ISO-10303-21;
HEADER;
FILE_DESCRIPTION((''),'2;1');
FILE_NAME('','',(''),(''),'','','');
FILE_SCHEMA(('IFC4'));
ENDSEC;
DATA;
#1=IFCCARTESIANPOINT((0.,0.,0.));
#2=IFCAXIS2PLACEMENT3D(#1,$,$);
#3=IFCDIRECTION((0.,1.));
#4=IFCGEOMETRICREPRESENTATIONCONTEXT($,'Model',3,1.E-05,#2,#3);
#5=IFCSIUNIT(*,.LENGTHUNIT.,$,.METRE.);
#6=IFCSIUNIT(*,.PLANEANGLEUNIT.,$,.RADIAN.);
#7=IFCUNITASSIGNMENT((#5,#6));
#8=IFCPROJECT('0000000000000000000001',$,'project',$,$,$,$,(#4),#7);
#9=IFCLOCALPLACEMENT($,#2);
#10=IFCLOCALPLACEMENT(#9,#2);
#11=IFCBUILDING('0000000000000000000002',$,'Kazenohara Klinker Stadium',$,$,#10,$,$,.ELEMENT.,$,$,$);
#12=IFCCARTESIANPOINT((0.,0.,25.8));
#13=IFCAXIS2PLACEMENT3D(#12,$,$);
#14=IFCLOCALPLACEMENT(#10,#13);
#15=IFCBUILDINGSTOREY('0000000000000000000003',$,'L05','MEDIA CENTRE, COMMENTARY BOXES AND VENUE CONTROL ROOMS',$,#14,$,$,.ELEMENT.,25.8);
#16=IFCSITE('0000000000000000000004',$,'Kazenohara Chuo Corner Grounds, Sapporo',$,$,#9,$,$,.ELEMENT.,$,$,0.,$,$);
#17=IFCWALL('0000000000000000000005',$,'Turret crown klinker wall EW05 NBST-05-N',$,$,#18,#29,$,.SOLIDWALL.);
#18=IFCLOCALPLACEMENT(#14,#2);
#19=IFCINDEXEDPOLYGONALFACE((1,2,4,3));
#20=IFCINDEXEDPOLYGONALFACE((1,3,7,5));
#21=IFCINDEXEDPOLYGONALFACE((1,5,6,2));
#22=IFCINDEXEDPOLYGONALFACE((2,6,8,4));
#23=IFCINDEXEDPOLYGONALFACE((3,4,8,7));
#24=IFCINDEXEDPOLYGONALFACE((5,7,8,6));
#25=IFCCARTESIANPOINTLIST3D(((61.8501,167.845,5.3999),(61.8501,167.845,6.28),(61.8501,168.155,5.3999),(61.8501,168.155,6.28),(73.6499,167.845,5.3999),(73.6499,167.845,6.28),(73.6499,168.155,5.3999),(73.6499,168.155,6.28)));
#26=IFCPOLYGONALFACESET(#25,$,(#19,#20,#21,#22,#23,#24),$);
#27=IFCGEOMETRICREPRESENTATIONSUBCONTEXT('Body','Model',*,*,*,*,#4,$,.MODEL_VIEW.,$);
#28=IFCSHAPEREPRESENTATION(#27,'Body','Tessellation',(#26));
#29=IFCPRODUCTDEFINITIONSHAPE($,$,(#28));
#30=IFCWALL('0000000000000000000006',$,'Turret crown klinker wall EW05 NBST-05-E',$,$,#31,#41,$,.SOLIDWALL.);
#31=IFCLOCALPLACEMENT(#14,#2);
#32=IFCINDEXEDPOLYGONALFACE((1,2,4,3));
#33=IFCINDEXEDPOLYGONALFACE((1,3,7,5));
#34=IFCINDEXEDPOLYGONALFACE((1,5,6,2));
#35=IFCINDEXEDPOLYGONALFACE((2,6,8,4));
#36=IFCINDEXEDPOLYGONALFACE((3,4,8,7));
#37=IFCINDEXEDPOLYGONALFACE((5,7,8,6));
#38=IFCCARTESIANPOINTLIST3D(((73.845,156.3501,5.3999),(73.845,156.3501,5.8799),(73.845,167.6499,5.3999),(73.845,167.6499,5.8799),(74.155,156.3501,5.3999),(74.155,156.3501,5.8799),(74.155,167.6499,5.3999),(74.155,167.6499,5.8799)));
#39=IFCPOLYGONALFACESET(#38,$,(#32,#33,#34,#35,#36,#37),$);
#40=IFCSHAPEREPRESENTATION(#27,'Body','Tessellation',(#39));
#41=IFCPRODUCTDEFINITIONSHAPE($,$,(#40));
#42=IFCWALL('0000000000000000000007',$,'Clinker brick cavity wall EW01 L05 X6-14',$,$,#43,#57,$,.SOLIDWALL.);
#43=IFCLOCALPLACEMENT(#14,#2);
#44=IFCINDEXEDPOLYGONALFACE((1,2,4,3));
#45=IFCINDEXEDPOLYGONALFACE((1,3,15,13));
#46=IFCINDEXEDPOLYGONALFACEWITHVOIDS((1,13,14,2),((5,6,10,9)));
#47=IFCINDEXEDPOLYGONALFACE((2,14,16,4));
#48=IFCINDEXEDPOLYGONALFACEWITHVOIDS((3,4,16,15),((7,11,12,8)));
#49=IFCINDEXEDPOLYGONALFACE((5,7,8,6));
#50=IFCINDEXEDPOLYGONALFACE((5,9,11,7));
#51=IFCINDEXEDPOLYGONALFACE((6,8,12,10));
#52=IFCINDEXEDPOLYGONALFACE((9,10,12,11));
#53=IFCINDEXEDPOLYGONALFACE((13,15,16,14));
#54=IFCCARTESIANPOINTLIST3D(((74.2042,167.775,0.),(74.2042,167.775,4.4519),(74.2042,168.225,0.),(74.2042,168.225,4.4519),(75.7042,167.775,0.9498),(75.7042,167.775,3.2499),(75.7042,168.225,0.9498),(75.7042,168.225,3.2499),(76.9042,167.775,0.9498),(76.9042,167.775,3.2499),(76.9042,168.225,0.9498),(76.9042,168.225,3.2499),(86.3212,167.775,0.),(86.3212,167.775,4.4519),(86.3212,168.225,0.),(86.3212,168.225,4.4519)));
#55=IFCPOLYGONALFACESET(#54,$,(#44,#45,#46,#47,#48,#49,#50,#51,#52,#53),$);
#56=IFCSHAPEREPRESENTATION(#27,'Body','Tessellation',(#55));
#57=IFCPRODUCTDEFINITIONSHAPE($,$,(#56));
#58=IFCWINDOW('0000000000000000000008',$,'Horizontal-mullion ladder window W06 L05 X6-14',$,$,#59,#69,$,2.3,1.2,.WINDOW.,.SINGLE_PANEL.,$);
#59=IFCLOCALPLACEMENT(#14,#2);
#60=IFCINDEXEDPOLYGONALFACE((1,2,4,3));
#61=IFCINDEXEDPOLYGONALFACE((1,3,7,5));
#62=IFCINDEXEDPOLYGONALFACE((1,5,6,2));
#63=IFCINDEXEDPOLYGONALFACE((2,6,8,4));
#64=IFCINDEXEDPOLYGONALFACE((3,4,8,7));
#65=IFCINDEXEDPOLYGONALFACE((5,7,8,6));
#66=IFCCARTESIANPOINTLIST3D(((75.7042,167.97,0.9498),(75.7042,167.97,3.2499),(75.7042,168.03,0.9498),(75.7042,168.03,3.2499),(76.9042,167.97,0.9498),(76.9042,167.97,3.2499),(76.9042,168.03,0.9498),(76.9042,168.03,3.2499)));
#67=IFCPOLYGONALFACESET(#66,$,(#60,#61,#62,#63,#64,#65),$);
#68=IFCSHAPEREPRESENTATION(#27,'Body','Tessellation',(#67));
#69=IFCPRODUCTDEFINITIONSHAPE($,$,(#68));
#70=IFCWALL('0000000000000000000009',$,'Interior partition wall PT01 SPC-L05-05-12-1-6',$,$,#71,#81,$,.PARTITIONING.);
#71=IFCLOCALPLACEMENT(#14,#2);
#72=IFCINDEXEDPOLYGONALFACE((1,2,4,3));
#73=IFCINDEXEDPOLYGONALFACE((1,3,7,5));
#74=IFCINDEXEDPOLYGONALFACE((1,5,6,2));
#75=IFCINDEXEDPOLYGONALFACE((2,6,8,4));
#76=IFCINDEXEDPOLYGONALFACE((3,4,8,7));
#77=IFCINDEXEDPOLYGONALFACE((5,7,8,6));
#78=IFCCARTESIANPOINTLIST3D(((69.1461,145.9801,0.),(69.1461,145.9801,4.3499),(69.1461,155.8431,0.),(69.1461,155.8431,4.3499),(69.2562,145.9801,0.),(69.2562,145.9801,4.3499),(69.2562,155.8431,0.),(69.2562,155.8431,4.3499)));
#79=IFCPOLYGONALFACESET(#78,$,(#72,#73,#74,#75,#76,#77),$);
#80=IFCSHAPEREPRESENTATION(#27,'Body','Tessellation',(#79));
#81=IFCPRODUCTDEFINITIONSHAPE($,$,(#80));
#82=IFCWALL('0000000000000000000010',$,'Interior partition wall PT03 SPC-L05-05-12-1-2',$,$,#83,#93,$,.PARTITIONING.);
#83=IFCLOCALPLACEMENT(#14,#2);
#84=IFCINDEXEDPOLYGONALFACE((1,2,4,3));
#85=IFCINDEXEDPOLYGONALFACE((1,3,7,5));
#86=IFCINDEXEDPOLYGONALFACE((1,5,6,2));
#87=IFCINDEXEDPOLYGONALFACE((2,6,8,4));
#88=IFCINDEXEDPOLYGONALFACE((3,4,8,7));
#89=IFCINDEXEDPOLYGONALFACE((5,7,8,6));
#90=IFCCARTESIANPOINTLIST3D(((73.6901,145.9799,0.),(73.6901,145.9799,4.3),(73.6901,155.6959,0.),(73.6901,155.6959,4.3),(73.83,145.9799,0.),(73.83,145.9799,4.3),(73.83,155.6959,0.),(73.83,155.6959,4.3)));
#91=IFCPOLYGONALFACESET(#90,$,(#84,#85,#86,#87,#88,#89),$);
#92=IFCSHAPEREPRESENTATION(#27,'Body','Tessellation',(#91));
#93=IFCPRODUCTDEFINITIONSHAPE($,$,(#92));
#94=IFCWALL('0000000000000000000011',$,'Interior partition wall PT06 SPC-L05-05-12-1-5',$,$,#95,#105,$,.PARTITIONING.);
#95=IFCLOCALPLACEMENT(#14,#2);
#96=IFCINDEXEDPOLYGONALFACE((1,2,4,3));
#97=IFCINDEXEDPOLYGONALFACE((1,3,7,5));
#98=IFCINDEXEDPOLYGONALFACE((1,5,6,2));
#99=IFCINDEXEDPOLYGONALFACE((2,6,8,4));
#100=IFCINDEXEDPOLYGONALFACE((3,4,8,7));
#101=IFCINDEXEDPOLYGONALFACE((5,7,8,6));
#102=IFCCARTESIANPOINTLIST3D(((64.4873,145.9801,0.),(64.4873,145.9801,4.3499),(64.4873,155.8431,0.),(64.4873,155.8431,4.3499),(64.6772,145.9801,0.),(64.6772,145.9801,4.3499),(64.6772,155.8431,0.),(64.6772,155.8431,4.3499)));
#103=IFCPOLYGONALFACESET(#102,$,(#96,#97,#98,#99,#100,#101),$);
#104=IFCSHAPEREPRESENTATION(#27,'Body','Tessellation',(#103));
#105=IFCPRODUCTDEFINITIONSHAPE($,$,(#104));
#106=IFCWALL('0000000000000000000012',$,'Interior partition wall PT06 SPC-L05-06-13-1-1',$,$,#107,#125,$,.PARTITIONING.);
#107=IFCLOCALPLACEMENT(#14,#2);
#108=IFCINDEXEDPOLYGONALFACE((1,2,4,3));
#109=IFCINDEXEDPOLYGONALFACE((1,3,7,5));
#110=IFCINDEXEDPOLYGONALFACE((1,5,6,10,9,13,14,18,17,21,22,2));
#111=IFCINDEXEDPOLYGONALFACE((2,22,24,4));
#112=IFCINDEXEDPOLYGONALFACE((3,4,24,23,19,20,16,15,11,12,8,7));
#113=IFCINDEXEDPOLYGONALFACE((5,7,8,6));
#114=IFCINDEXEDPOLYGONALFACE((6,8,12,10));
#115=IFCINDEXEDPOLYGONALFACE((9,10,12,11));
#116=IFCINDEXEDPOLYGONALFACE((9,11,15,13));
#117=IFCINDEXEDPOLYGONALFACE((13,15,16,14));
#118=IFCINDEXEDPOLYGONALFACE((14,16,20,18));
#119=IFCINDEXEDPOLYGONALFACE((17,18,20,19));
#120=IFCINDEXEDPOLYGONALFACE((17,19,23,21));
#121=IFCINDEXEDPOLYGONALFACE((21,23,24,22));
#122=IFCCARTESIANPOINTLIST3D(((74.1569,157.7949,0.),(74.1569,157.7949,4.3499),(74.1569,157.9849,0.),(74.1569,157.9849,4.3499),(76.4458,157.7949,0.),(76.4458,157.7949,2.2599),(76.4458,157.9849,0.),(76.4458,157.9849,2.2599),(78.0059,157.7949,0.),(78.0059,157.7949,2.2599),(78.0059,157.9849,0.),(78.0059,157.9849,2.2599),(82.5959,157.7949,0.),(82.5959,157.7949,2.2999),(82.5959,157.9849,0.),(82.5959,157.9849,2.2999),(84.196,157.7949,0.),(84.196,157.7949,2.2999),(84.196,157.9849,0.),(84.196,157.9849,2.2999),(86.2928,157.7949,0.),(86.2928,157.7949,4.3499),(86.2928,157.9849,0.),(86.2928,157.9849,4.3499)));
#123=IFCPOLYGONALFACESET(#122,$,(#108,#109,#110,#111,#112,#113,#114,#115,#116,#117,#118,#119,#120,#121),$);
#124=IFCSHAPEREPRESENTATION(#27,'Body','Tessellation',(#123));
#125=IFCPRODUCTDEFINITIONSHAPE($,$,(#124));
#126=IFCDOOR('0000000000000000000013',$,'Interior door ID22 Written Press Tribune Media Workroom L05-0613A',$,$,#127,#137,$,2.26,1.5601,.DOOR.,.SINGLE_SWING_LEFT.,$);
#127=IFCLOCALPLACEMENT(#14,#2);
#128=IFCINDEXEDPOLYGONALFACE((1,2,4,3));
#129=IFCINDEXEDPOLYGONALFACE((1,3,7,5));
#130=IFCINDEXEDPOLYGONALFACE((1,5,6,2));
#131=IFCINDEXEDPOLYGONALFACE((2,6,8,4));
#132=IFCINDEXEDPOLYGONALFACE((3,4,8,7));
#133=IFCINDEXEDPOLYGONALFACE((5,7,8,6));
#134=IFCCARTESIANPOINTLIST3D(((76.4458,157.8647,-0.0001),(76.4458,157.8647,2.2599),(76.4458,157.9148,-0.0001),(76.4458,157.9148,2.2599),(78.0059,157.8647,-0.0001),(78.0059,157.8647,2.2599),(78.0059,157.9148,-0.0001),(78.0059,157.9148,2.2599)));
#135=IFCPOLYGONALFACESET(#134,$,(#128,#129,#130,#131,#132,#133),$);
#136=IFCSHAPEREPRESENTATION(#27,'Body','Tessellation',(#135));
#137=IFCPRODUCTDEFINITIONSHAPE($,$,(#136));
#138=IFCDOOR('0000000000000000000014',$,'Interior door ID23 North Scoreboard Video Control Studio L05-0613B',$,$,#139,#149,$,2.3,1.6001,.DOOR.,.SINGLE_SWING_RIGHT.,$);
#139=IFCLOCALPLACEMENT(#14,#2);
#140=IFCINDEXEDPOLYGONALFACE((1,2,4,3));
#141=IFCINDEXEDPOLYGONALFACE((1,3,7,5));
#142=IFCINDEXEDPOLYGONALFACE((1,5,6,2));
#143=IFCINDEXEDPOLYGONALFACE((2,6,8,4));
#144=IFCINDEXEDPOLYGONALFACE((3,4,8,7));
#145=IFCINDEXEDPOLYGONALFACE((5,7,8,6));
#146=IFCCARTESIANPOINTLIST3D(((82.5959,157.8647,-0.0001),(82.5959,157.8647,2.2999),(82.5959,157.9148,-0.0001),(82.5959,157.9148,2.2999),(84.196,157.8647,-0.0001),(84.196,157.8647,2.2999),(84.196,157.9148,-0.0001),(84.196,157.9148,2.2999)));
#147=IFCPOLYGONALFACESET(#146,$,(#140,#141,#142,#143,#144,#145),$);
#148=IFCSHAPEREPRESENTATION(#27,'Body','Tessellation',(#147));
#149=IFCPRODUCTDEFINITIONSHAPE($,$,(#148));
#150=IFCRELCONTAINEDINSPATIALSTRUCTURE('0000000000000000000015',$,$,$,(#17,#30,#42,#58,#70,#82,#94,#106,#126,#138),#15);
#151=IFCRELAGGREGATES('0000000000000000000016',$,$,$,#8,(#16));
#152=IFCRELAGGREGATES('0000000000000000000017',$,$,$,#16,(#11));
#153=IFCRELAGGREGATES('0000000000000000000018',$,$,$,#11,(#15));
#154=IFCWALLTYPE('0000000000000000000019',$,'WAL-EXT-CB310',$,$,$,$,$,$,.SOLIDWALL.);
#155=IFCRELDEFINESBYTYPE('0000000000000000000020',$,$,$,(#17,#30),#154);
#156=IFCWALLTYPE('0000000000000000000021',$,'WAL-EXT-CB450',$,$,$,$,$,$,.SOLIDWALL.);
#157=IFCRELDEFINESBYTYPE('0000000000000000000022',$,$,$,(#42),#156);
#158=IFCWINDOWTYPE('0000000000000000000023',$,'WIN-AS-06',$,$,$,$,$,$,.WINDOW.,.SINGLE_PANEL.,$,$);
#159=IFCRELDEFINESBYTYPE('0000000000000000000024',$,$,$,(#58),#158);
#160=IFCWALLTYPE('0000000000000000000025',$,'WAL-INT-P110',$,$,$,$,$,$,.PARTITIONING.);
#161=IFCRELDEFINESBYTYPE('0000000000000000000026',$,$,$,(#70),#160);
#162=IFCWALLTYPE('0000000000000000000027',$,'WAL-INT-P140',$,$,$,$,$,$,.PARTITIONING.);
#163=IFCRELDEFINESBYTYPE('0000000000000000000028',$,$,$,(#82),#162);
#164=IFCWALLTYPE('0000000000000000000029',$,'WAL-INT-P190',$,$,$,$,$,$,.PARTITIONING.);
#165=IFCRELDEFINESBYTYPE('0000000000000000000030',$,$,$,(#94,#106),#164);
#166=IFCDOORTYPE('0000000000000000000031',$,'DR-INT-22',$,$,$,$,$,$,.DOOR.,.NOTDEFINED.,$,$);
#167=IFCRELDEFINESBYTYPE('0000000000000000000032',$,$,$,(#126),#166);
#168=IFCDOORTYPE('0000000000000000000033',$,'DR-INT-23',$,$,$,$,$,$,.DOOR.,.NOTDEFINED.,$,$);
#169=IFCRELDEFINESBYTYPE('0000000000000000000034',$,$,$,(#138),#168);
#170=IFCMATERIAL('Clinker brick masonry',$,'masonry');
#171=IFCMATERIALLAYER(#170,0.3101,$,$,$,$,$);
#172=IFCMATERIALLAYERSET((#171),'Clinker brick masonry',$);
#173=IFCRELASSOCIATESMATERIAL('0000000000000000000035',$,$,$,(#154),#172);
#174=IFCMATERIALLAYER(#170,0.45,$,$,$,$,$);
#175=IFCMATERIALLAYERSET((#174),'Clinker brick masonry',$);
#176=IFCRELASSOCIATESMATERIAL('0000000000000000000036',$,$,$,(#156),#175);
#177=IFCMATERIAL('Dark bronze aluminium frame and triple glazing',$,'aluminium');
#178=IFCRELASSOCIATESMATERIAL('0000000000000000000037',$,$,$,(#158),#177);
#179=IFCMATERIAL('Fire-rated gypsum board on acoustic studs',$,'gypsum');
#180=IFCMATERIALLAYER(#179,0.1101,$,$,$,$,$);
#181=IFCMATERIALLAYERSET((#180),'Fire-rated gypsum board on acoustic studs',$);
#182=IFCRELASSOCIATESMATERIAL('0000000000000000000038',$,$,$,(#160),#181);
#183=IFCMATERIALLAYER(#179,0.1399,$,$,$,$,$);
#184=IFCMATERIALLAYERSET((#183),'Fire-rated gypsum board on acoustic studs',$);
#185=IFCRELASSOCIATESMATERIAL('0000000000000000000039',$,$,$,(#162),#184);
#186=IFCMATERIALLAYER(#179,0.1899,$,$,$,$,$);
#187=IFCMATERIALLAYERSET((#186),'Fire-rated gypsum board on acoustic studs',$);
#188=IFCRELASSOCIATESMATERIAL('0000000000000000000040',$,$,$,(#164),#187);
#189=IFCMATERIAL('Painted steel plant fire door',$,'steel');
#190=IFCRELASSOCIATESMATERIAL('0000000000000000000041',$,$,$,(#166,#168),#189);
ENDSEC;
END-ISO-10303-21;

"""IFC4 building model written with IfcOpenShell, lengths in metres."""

from ifc_helpers import new_model, si_unit, direction, frame, frame_2d, origin, place, context, subcontext, project, spatial, rectangle, extrude, material, layer, layer_set, type_object, element, fill, save


model = new_model("IFC4")

# Units and contexts
model_context = context("Model", 3, precision=1e-05, world=origin(), true_north=direction((0.0, 1.0)))
body_context = subcontext(model_context, "Body", "Model", "MODEL_VIEW")
ifc_project = project(units=[si_unit("LENGTHUNIT", "METRE"), si_unit("PLANEANGLEUNIT", "RADIAN")], contexts=[model_context])

# Site, building, storey
site_placement = place(None, origin())
site = spatial("IfcSite", under=ifc_project, at=site_placement, Name="Kazenohara Chuo Corner Grounds, Sapporo", CompositionType="ELEMENT", RefElevation=0.0)
building_placement = place(site_placement, origin())
building = spatial("IfcBuilding", under=site, at=building_placement, Name="Kazenohara Klinker Stadium", CompositionType="ELEMENT")
storey_placement = place(building_placement, frame((0.0, 0.0, 25.8)))
storey = spatial("IfcBuildingStorey", under=building, at=storey_placement, Name="L05", Description="MEDIA CENTRE, COMMENTARY BOXES AND VENUE CONTROL ROOMS", CompositionType="ELEMENT", Elevation=25.8)

# Shared definitions
ifc_material_1 = material(Name="Clinker brick masonry", Category="masonry")
ifc_material_2 = material(Name="Dark bronze aluminium frame and triple glazing", Category="aluminium")

# Walls
ifc_layer_1 = layer(ifc_material_1, 0.3101)
ifc_layer_set_1 = layer_set([ifc_layer_1], Name="Clinker brick masonry")
wall_type_1 = type_object("IfcWallType", Name="WAL-EXT-CB310", PredefinedType="SOLIDWALL", material=ifc_layer_set_1)
wall_1_placement = place(storey_placement, frame((61.8501, 168.0, 5.3999), z_axis=(0.0, 0.0, 1.0), x_axis=(1.0, 0.0, 0.0)))
element("IfcWall", 1, at=wall_1_placement, inside=storey, type_object=wall_type_1, Name="Turret crown klinker wall EW05 NBST-05-N", PredefinedType="SOLIDWALL", context=body_context, shape_type="SweptSolid", body=[
    extrude(rectangle(XDim=11.7998, YDim=0.3101, at=frame_2d((5.8999, 0.0))), origin(), (0.0, 0.0, 1.0), 0.8801),
])
wall_2_placement = place(storey_placement, frame((74.0, 156.3501, 5.3999), z_axis=(0.0, 0.0, 1.0), x_axis=(0.0, 1.0, 0.0)))
element("IfcWall", 2, at=wall_2_placement, inside=storey, type_object=wall_type_1, Name="Turret crown klinker wall EW05 NBST-05-E", PredefinedType="SOLIDWALL", context=body_context, shape_type="SweptSolid", body=[
    extrude(rectangle(XDim=11.2998, YDim=0.3101, at=frame_2d((5.6499, 0.0))), origin(), (0.0, 0.0, 1.0), 0.48),
])

# Wall, opening, window
ifc_layer_2 = layer(ifc_material_1, 0.45)
ifc_layer_set_2 = layer_set([ifc_layer_2], Name="Clinker brick masonry")
wall_type_2 = type_object("IfcWallType", Name="WAL-EXT-CB450", PredefinedType="SOLIDWALL", material=ifc_layer_set_2)
wall_3_placement = place(storey_placement, frame((74.2041, 168.0, 0.0), z_axis=(0.0, 0.0, 1.0), x_axis=(1.0, 0.0, 0.0)))
wall_3 = element("IfcWall", 3, at=wall_3_placement, inside=storey, type_object=wall_type_2, Name="Clinker brick cavity wall EW01 L05 X6-14", PredefinedType="SOLIDWALL", context=body_context, shape_type="SweptSolid", body=[
    extrude(rectangle(XDim=12.1169, YDim=0.45, at=frame_2d((6.0586, 0.0))), origin(), (0.0, 0.0, 1.0), 4.4519),
])
opening_1_placement = place(wall_3_placement, frame((1.5, 0.0, 0.95)))
opening_1 = element("IfcOpeningElement", 4, at=opening_1_placement, cuts=wall_3, PredefinedType="OPENING", context=body_context, shape_type="SweptSolid", body=[
    extrude(rectangle(XDim=1.2, YDim=2.3, at=frame_2d((0.6001, 1.1499))), frame((0.0, 0.2349, 0.0), z_axis=(0.0, -1.0, 0.0), x_axis=(1.0, 0.0, 0.0)), (0.0, 0.0, 1.0), 0.47),
])
window_type_1 = type_object("IfcWindowType", Name="WIN-AS-06", PartitioningType="SINGLE_PANEL", PredefinedType="WINDOW", material=ifc_material_2)
window_1_placement = place(opening_1_placement, origin())
window_1 = element("IfcWindow", 5, at=window_1_placement, inside=storey, type_object=window_type_1, Name="Horizontal-mullion ladder window W06 L05 X6-14", OverallHeight=2.3, OverallWidth=1.2, PartitioningType="SINGLE_PANEL", PredefinedType="WINDOW", context=body_context, shape_type="SweptSolid", body=[
    extrude(rectangle(XDim=1.2, YDim=2.3, at=frame_2d((0.6001, 1.1499))), frame((0.0, 0.03, 0.0), z_axis=(0.0, -1.0, 0.0), x_axis=(1.0, 0.0, 0.0)), (0.0, 0.0, 1.0), 0.0601),
])
fill(opening_1, window_1)

# Walls
ifc_material_3 = material(Name="Fire-rated gypsum board on acoustic studs", Category="gypsum")
ifc_layer_3 = layer(ifc_material_3, 0.1101)
ifc_layer_set_3 = layer_set([ifc_layer_3], Name="Fire-rated gypsum board on acoustic studs")
wall_type_3 = type_object("IfcWallType", Name="WAL-INT-P110", PredefinedType="PARTITIONING", material=ifc_layer_set_3)
wall_4_placement = place(storey_placement, frame((69.2012, 145.98, 0.0), z_axis=(0.0, 0.0, 1.0), x_axis=(0.0, 1.0, 0.0)))
element("IfcWall", 6, at=wall_4_placement, inside=storey, type_object=wall_type_3, Name="Interior partition wall PT01 SPC-L05-05-12-1-6", PredefinedType="PARTITIONING", context=body_context, shape_type="SweptSolid", body=[
    extrude(rectangle(XDim=9.863, YDim=0.1101, at=frame_2d((4.9316, 0.0))), origin(), (0.0, 0.0, 1.0), 4.3499),
])
ifc_layer_4 = layer(ifc_material_3, 0.1399)
ifc_layer_set_4 = layer_set([ifc_layer_4], Name="Fire-rated gypsum board on acoustic studs")
wall_type_4 = type_object("IfcWallType", Name="WAL-INT-P140", PredefinedType="PARTITIONING", material=ifc_layer_set_4)
wall_5_placement = place(storey_placement, frame((73.76, 145.98, 0.0), z_axis=(0.0, 0.0, 1.0), x_axis=(0.0, 1.0, 0.0)))
element("IfcWall", 7, at=wall_5_placement, inside=storey, type_object=wall_type_4, Name="Interior partition wall PT03 SPC-L05-05-12-1-2", PredefinedType="PARTITIONING", context=body_context, shape_type="SweptSolid", body=[
    extrude(rectangle(XDim=9.7161, YDim=0.1399, at=frame_2d((4.8579, 0.0))), origin(), (0.0, 0.0, 1.0), 4.3),
])
ifc_layer_5 = layer(ifc_material_3, 0.1899)
ifc_layer_set_5 = layer_set([ifc_layer_5], Name="Fire-rated gypsum board on acoustic studs")
wall_type_5 = type_object("IfcWallType", Name="WAL-INT-P190", PredefinedType="PARTITIONING", material=ifc_layer_set_5)
wall_6_placement = place(storey_placement, frame((64.5823, 145.98, 0.0), z_axis=(0.0, 0.0, 1.0), x_axis=(0.0, 1.0, 0.0)))
element("IfcWall", 8, at=wall_6_placement, inside=storey, type_object=wall_type_5, Name="Interior partition wall PT06 SPC-L05-05-12-1-5", PredefinedType="PARTITIONING", context=body_context, shape_type="SweptSolid", body=[
    extrude(rectangle(XDim=9.863, YDim=0.1899, at=frame_2d((4.9316, 0.0))), origin(), (0.0, 0.0, 1.0), 4.3499),
])

# Wall, openings, doors
wall_7_placement = place(storey_placement, frame((74.157, 157.8899, 0.0), z_axis=(0.0, 0.0, 1.0), x_axis=(1.0, 0.0, 0.0)))
wall_7 = element("IfcWall", 9, at=wall_7_placement, inside=storey, type_object=wall_type_5, Name="Interior partition wall PT06 SPC-L05-06-13-1-1", PredefinedType="PARTITIONING", context=body_context, shape_type="SweptSolid", body=[
    extrude(rectangle(XDim=12.136, YDim=0.1899, at=frame_2d((6.0679, 0.0))), origin(), (0.0, 0.0, 1.0), 4.3499),
])
opening_2_placement = place(wall_7_placement, frame((2.2888, 0.0, 0.0)))
opening_2 = element("IfcOpeningElement", 10, at=opening_2_placement, cuts=wall_7, PredefinedType="OPENING", context=body_context, shape_type="SweptSolid", body=[
    extrude(rectangle(XDim=1.5601, YDim=2.26, at=frame_2d((0.78, 1.1299))), frame((0.0, 0.105, 0.0), z_axis=(0.0, -1.0, 0.0), x_axis=(1.0, 0.0, 0.0)), (0.0, 0.0, 1.0), 0.21),
])
opening_3_placement = place(wall_7_placement, frame((8.439, 0.0, 0.0)))
opening_3 = element("IfcOpeningElement", 11, at=opening_3_placement, cuts=wall_7, PredefinedType="OPENING", context=body_context, shape_type="SweptSolid", body=[
    extrude(rectangle(XDim=1.6001, YDim=2.3, at=frame_2d((0.8, 1.1499))), frame((0.0, 0.105, 0.0), z_axis=(0.0, -1.0, 0.0), x_axis=(1.0, 0.0, 0.0)), (0.0, 0.0, 1.0), 0.21),
])
ifc_material_4 = material(Name="Painted steel plant fire door", Category="steel")
door_type_1 = type_object("IfcDoorType", Name="DR-INT-22", OperationType="NOTDEFINED", PredefinedType="DOOR", material=ifc_material_4)
door_1_placement = place(opening_2_placement, origin())
door_1 = element("IfcDoor", 12, at=door_1_placement, inside=storey, type_object=door_type_1, Name="Interior door ID22 Written Press Tribune Media Workroom L05-0613A", OperationType="SINGLE_SWING_LEFT", OverallHeight=2.26, OverallWidth=1.5601, PredefinedType="DOOR", context=body_context, shape_type="SweptSolid", body=[
    extrude(rectangle(XDim=1.5601, YDim=2.26, at=frame_2d((0.78, 1.1299))), frame((0.0, 0.0249, 0.0), z_axis=(0.0, -1.0, 0.0), x_axis=(1.0, 0.0, 0.0)), (0.0, 0.0, 1.0), 0.05),
])
fill(opening_2, door_1)
door_type_2 = type_object("IfcDoorType", Name="DR-INT-23", OperationType="NOTDEFINED", PredefinedType="DOOR", material=ifc_material_4)
door_2_placement = place(opening_3_placement, origin())
door_2 = element("IfcDoor", 13, at=door_2_placement, inside=storey, type_object=door_type_2, Name="Interior door ID23 North Scoreboard Video Control Studio L05-0613B", OperationType="SINGLE_SWING_RIGHT", OverallHeight=2.3, OverallWidth=1.6001, PredefinedType="DOOR", context=body_context, shape_type="SweptSolid", body=[
    extrude(rectangle(XDim=1.6001, YDim=2.3, at=frame_2d((0.8, 1.1499))), frame((0.0, 0.0249, 0.0), z_axis=(0.0, -1.0, 0.0), x_axis=(1.0, 0.0, 0.0)), (0.0, 0.0, 1.0), 0.05),
])
fill(opening_3, door_2)

save(model, "model.ifc")
